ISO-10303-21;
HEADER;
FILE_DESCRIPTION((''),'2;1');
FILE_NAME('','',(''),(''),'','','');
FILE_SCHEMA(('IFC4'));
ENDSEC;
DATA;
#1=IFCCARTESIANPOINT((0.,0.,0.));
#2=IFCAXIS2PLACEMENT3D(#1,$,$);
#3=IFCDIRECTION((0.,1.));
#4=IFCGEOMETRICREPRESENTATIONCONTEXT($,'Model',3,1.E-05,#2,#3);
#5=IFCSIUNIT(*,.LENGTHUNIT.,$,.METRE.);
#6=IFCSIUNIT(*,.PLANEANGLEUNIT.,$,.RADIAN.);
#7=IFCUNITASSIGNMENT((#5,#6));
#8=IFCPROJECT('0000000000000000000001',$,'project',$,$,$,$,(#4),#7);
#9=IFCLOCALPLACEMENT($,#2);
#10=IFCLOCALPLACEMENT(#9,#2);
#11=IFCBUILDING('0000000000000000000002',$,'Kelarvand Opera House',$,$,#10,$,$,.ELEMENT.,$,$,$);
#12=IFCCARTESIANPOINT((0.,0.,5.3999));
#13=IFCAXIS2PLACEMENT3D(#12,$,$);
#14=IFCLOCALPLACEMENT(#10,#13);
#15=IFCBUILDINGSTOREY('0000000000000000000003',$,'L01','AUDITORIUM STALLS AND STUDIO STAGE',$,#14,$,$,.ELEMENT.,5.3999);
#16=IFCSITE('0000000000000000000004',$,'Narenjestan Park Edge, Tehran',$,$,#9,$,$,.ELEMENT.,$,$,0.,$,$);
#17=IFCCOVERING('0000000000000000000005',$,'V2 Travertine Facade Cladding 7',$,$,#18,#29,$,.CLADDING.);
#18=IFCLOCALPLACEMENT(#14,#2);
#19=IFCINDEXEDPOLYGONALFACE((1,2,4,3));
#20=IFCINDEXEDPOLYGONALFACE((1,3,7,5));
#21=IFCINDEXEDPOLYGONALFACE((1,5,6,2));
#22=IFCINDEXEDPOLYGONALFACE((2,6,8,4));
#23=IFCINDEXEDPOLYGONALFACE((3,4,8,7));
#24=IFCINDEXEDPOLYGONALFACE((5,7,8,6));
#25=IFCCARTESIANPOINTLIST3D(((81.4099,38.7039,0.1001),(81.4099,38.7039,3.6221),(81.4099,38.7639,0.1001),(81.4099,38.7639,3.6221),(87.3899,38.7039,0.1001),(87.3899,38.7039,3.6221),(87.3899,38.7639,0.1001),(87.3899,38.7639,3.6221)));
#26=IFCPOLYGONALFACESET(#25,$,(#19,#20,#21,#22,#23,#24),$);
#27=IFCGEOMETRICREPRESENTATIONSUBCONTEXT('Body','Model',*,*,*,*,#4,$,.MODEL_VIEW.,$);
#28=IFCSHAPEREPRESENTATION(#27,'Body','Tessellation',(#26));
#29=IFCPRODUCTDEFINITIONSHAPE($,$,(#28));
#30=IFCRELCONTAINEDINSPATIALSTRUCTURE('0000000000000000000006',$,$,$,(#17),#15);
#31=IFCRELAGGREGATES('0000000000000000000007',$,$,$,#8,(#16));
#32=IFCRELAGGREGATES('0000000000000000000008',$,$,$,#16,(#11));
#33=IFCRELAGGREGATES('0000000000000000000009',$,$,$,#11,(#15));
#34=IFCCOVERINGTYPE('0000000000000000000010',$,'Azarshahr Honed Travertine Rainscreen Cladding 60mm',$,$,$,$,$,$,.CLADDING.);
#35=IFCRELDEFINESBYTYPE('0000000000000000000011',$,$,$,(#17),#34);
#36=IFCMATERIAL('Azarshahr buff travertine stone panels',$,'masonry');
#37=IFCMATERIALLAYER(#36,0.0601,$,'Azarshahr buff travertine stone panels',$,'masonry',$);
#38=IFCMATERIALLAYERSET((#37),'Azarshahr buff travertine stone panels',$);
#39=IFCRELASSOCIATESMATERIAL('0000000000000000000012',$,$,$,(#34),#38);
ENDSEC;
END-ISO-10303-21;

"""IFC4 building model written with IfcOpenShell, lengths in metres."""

from ifc_helpers import new_model, si_unit, direction, frame, origin, origin_2d, place, context, subcontext, project, spatial, rectangle, extrude, material, layer, layer_set, type_object, element, save


model = new_model("IFC4")

# Units and contexts
model_context = context("Model", 3, precision=1e-05, world=origin(), true_north=direction((0.0, 1.0)))
body_context = subcontext(model_context, "Body", "Model", "MODEL_VIEW")
ifc_project = project(units=[si_unit("LENGTHUNIT", "METRE"), si_unit("PLANEANGLEUNIT", "RADIAN")], contexts=[model_context])

# Site, building, storey
site_placement = place(None, origin())
site = spatial("IfcSite", under=ifc_project, at=site_placement, Name="Narenjestan Park Edge, Tehran", CompositionType="ELEMENT", RefElevation=0.0)
building_placement = place(site_placement, origin())
building = spatial("IfcBuilding", under=site, at=building_placement, Name="Kelarvand Opera House", CompositionType="ELEMENT")
storey_placement = place(building_placement, frame((0.0, 0.0, 5.3999)))
storey = spatial("IfcBuildingStorey", under=building, at=storey_placement, Name="L01", Description="AUDITORIUM STALLS AND STUDIO STAGE", CompositionType="ELEMENT", Elevation=5.3999)

# Covering
ifc_material_1 = material(Name="Azarshahr buff travertine stone panels", Category="masonry")
ifc_layer_1 = layer(ifc_material_1, 0.0601, Name="Azarshahr buff travertine stone panels", Category="masonry")
ifc_layer_set_1 = layer_set([ifc_layer_1], Name="Azarshahr buff travertine stone panels")
covering_type = type_object("IfcCoveringType", Name="Azarshahr Honed Travertine Rainscreen Cladding 60mm", PredefinedType="CLADDING", material=ifc_layer_set_1)
covering_placement = place(storey_placement, frame((84.3999, 38.7339, 0.1001), z_axis=(0.0, 0.0, 1.0), x_axis=(-1.0, 0.0, 0.0)))
element("IfcCovering", 1, at=covering_placement, inside=storey, type_object=covering_type, Name="V2 Travertine Facade Cladding 7", PredefinedType="CLADDING", context=body_context, shape_type="SweptSolid", body=[
    extrude(rectangle(XDim=5.98, YDim=0.0601, at=origin_2d()), origin(), (0.0, 0.0, 1.0), 3.522),
])

save(model, "model.ifc")
